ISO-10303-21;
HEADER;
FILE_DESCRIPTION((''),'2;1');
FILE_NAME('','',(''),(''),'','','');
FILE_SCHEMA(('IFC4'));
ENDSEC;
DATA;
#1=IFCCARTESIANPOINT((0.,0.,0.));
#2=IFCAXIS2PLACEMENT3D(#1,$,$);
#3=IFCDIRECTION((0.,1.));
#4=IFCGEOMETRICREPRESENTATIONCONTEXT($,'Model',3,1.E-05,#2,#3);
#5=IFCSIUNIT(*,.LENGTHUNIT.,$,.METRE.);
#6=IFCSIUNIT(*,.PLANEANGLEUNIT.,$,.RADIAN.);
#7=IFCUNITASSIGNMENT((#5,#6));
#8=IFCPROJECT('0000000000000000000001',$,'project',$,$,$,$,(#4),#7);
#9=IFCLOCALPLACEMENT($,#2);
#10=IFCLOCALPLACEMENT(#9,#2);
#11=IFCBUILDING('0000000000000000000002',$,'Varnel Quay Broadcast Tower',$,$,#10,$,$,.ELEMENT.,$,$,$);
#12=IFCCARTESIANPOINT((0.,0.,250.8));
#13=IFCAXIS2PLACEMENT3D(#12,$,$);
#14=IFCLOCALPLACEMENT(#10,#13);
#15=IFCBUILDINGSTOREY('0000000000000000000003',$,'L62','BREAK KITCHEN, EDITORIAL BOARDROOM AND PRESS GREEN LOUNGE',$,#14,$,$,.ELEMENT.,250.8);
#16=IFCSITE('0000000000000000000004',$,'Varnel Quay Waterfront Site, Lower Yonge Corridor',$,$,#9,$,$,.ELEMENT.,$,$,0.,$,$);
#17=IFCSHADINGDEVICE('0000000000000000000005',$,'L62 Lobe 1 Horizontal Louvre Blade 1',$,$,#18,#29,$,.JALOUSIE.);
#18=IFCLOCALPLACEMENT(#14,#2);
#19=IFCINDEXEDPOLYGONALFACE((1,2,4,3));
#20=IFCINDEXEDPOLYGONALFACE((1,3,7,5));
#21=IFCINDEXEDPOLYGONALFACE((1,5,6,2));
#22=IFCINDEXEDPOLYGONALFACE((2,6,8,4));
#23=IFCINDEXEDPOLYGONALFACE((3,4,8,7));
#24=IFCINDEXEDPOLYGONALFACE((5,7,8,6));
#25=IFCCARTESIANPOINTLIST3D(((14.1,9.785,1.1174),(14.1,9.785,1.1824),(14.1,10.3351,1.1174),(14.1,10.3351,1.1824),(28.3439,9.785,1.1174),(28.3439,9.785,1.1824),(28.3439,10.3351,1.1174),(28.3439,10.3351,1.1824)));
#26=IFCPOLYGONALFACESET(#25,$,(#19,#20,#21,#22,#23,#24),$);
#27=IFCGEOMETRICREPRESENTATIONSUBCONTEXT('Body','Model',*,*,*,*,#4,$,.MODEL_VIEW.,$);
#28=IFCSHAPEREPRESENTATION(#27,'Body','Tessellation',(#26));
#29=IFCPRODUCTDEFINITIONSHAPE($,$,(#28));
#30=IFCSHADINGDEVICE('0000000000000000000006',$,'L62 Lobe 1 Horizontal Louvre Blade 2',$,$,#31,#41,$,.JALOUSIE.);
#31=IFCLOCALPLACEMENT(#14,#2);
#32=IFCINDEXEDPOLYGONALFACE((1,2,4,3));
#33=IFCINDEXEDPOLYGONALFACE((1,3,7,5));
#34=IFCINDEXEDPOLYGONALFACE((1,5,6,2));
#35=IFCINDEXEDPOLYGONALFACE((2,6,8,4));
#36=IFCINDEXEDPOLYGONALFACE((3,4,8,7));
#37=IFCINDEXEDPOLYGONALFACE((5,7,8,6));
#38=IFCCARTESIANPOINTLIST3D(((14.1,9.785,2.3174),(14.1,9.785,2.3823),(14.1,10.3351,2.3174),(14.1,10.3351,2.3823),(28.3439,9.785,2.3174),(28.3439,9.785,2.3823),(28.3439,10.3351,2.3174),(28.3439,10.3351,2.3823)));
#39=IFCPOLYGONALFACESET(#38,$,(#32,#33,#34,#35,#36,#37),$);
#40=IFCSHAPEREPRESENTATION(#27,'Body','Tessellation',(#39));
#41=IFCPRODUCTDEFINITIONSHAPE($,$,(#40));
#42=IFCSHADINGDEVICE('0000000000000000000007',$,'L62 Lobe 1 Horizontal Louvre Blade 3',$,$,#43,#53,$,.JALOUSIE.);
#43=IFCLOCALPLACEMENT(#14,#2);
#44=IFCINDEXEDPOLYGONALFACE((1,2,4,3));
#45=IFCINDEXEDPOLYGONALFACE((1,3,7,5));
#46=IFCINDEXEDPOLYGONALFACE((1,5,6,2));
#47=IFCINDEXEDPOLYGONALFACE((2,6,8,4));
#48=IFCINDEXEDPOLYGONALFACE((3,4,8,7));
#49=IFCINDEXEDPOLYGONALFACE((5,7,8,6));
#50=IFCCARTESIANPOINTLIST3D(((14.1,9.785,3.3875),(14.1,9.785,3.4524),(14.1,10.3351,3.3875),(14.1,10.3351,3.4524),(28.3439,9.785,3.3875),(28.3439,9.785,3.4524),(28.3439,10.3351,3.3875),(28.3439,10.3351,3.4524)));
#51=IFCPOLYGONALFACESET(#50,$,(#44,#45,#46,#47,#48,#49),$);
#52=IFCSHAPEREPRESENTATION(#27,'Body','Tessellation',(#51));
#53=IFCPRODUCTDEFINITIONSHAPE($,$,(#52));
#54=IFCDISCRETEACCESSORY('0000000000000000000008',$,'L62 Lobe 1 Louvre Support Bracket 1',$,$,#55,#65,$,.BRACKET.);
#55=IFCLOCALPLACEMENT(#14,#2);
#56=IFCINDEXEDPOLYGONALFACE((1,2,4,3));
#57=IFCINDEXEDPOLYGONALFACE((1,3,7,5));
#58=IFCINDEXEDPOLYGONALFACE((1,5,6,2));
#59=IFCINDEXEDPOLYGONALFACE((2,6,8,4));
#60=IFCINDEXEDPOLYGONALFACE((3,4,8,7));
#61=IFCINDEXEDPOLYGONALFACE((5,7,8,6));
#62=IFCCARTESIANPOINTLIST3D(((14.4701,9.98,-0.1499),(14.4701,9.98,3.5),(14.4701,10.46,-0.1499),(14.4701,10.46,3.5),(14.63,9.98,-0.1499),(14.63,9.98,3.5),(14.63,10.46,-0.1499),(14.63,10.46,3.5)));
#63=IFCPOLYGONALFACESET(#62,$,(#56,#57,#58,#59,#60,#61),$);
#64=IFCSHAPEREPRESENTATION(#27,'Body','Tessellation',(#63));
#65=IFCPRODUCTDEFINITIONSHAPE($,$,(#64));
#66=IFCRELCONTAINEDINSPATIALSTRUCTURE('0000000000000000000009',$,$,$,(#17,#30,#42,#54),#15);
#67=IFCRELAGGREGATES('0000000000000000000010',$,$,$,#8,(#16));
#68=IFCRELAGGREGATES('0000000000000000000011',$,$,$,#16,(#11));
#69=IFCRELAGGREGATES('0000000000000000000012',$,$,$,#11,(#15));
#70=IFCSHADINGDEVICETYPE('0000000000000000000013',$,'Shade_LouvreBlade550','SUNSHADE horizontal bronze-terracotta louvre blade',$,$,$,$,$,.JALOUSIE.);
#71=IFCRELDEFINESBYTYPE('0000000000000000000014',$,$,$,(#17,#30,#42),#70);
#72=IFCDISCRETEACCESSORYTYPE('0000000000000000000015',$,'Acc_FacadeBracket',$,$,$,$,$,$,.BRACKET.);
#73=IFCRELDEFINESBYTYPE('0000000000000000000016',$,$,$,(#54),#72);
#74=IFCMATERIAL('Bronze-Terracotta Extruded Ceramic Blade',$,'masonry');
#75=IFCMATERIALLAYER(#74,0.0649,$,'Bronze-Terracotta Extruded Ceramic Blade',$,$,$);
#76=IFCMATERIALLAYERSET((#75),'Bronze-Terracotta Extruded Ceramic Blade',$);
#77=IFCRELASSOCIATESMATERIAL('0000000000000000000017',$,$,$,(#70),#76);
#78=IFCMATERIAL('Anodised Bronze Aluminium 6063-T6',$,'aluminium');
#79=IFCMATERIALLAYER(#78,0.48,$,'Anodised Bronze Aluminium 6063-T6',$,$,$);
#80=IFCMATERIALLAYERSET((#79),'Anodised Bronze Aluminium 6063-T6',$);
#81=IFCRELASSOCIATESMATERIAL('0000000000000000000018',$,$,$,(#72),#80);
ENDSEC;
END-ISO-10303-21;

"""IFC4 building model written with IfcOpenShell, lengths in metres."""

from ifc_helpers import new_model, si_unit, direction, frame, origin, origin_2d, place, context, subcontext, project, spatial, rectangle, extrude, source, transform, mapped, material, layer, layer_set, type_object, type_shapes, element, save


model = new_model("IFC4")

# Units and contexts
model_context = context("Model", 3, precision=1e-05, world=origin(), true_north=direction((0.0, 1.0)))
body_context = subcontext(model_context, "Body", "Model", "MODEL_VIEW")
ifc_project = project(units=[si_unit("LENGTHUNIT", "METRE"), si_unit("PLANEANGLEUNIT", "RADIAN")], contexts=[model_context])

# Site, building, storey
site_placement = place(None, origin())
site = spatial("IfcSite", under=ifc_project, at=site_placement, Name="Varnel Quay Waterfront Site, Lower Yonge Corridor", CompositionType="ELEMENT", RefElevation=0.0)
building_placement = place(site_placement, origin())
building = spatial("IfcBuilding", under=site, at=building_placement, Name="Varnel Quay Broadcast Tower", CompositionType="ELEMENT")
storey_placement = place(building_placement, frame((0.0, 0.0, 250.8)))
storey = spatial("IfcBuildingStorey", under=building, at=storey_placement, Name="L62", Description="BREAK KITCHEN, EDITORIAL BOARDROOM AND PRESS GREEN LOUNGE", CompositionType="ELEMENT", Elevation=250.8)

# Shared definitions
ifc_material_1 = material(Name="Anodised Bronze Aluminium 6063-T6", Category="aluminium")

# Shading devices
ifc_material_2 = material(Name="Bronze-Terracotta Extruded Ceramic Blade", Category="masonry")
ifc_layer_1 = layer(ifc_material_2, 0.0649, Name="Bronze-Terracotta Extruded Ceramic Blade")
ifc_layer_set_1 = layer_set([ifc_layer_1], Name="Bronze-Terracotta Extruded Ceramic Blade")
shading_device_type = type_object("IfcShadingDeviceType", Name="Shade_LouvreBlade550", Description="SUNSHADE horizontal bronze-terracotta louvre blade", PredefinedType="JALOUSIE", material=ifc_layer_set_1)
shared_shape_1 = source(origin(), body_context, "Body", "SweptSolid", [
    extrude(rectangle(XDim=14.2439, YDim=0.55, at=origin_2d()), origin(), (0.0, 0.0, 1.0), 0.0649),
])
type_shapes(shading_device_type, [shared_shape_1])
for number, where, z_axis, x_axis, name in (
    (1, (21.2219, 10.0601, 1.1174), (0.0, 0.0, 1.0), (1.0, 0.0, 0.0), "L62 Lobe 1 Horizontal Louvre Blade 1"),
    (2, (21.2219, 10.0601, 2.3174), (0.0, 0.0, 1.0), (1.0, 0.0, 0.0), "L62 Lobe 1 Horizontal Louvre Blade 2"),
    (3, (21.2219, 10.0601, 3.3875), (0.0, 0.0, 1.0), (1.0, 0.0, 0.0), "L62 Lobe 1 Horizontal Louvre Blade 3"),
):
    element("IfcShadingDevice", number, at=place(storey_placement, frame(where, z_axis=z_axis, x_axis=x_axis)), inside=storey, type_object=shading_device_type, Name=name, PredefinedType="JALOUSIE", context=body_context, shape_type="MappedRepresentation", body=[
        mapped(shared_shape_1, transform((0.0, 0.0, 0.0), x_axis=(1.0, 0.0, 0.0), y_axis=(0.0, 1.0, 0.0), z_axis=(0.0, 0.0, 1.0), scale=1.0)),
    ])

# Discrete accessory
ifc_layer_2 = layer(ifc_material_1, 0.48, Name="Anodised Bronze Aluminium 6063-T6")
ifc_layer_set_2 = layer_set([ifc_layer_2], Name="Anodised Bronze Aluminium 6063-T6")
discrete_accessory_type = type_object("IfcDiscreteAccessoryType", Name="Acc_FacadeBracket", PredefinedType="BRACKET", material=ifc_layer_set_2)
shared_shape_2 = source(origin(), body_context, "Body", "SweptSolid", [
    extrude(rectangle(XDim=0.1599, YDim=0.48, at=origin_2d()), origin(), (0.0, 0.0, 1.0), 3.6499),
])
type_shapes(discrete_accessory_type, [shared_shape_2])
discrete_accessory_placement = place(storey_placement, frame((14.55, 10.22, -0.1499), z_axis=(0.0, 0.0, 1.0), x_axis=(1.0, 0.0, 0.0)))
element("IfcDiscreteAccessory", 4, at=discrete_accessory_placement, inside=storey, type_object=discrete_accessory_type, Name="L62 Lobe 1 Louvre Support Bracket 1", PredefinedType="BRACKET", context=body_context, shape_type="MappedRepresentation", body=[
    mapped(shared_shape_2, transform((0.0, 0.0, 0.0), x_axis=(1.0, 0.0, 0.0), y_axis=(0.0, 1.0, 0.0), z_axis=(0.0, 0.0, 1.0), scale=1.0)),
])

save(model, "model.ifc")
